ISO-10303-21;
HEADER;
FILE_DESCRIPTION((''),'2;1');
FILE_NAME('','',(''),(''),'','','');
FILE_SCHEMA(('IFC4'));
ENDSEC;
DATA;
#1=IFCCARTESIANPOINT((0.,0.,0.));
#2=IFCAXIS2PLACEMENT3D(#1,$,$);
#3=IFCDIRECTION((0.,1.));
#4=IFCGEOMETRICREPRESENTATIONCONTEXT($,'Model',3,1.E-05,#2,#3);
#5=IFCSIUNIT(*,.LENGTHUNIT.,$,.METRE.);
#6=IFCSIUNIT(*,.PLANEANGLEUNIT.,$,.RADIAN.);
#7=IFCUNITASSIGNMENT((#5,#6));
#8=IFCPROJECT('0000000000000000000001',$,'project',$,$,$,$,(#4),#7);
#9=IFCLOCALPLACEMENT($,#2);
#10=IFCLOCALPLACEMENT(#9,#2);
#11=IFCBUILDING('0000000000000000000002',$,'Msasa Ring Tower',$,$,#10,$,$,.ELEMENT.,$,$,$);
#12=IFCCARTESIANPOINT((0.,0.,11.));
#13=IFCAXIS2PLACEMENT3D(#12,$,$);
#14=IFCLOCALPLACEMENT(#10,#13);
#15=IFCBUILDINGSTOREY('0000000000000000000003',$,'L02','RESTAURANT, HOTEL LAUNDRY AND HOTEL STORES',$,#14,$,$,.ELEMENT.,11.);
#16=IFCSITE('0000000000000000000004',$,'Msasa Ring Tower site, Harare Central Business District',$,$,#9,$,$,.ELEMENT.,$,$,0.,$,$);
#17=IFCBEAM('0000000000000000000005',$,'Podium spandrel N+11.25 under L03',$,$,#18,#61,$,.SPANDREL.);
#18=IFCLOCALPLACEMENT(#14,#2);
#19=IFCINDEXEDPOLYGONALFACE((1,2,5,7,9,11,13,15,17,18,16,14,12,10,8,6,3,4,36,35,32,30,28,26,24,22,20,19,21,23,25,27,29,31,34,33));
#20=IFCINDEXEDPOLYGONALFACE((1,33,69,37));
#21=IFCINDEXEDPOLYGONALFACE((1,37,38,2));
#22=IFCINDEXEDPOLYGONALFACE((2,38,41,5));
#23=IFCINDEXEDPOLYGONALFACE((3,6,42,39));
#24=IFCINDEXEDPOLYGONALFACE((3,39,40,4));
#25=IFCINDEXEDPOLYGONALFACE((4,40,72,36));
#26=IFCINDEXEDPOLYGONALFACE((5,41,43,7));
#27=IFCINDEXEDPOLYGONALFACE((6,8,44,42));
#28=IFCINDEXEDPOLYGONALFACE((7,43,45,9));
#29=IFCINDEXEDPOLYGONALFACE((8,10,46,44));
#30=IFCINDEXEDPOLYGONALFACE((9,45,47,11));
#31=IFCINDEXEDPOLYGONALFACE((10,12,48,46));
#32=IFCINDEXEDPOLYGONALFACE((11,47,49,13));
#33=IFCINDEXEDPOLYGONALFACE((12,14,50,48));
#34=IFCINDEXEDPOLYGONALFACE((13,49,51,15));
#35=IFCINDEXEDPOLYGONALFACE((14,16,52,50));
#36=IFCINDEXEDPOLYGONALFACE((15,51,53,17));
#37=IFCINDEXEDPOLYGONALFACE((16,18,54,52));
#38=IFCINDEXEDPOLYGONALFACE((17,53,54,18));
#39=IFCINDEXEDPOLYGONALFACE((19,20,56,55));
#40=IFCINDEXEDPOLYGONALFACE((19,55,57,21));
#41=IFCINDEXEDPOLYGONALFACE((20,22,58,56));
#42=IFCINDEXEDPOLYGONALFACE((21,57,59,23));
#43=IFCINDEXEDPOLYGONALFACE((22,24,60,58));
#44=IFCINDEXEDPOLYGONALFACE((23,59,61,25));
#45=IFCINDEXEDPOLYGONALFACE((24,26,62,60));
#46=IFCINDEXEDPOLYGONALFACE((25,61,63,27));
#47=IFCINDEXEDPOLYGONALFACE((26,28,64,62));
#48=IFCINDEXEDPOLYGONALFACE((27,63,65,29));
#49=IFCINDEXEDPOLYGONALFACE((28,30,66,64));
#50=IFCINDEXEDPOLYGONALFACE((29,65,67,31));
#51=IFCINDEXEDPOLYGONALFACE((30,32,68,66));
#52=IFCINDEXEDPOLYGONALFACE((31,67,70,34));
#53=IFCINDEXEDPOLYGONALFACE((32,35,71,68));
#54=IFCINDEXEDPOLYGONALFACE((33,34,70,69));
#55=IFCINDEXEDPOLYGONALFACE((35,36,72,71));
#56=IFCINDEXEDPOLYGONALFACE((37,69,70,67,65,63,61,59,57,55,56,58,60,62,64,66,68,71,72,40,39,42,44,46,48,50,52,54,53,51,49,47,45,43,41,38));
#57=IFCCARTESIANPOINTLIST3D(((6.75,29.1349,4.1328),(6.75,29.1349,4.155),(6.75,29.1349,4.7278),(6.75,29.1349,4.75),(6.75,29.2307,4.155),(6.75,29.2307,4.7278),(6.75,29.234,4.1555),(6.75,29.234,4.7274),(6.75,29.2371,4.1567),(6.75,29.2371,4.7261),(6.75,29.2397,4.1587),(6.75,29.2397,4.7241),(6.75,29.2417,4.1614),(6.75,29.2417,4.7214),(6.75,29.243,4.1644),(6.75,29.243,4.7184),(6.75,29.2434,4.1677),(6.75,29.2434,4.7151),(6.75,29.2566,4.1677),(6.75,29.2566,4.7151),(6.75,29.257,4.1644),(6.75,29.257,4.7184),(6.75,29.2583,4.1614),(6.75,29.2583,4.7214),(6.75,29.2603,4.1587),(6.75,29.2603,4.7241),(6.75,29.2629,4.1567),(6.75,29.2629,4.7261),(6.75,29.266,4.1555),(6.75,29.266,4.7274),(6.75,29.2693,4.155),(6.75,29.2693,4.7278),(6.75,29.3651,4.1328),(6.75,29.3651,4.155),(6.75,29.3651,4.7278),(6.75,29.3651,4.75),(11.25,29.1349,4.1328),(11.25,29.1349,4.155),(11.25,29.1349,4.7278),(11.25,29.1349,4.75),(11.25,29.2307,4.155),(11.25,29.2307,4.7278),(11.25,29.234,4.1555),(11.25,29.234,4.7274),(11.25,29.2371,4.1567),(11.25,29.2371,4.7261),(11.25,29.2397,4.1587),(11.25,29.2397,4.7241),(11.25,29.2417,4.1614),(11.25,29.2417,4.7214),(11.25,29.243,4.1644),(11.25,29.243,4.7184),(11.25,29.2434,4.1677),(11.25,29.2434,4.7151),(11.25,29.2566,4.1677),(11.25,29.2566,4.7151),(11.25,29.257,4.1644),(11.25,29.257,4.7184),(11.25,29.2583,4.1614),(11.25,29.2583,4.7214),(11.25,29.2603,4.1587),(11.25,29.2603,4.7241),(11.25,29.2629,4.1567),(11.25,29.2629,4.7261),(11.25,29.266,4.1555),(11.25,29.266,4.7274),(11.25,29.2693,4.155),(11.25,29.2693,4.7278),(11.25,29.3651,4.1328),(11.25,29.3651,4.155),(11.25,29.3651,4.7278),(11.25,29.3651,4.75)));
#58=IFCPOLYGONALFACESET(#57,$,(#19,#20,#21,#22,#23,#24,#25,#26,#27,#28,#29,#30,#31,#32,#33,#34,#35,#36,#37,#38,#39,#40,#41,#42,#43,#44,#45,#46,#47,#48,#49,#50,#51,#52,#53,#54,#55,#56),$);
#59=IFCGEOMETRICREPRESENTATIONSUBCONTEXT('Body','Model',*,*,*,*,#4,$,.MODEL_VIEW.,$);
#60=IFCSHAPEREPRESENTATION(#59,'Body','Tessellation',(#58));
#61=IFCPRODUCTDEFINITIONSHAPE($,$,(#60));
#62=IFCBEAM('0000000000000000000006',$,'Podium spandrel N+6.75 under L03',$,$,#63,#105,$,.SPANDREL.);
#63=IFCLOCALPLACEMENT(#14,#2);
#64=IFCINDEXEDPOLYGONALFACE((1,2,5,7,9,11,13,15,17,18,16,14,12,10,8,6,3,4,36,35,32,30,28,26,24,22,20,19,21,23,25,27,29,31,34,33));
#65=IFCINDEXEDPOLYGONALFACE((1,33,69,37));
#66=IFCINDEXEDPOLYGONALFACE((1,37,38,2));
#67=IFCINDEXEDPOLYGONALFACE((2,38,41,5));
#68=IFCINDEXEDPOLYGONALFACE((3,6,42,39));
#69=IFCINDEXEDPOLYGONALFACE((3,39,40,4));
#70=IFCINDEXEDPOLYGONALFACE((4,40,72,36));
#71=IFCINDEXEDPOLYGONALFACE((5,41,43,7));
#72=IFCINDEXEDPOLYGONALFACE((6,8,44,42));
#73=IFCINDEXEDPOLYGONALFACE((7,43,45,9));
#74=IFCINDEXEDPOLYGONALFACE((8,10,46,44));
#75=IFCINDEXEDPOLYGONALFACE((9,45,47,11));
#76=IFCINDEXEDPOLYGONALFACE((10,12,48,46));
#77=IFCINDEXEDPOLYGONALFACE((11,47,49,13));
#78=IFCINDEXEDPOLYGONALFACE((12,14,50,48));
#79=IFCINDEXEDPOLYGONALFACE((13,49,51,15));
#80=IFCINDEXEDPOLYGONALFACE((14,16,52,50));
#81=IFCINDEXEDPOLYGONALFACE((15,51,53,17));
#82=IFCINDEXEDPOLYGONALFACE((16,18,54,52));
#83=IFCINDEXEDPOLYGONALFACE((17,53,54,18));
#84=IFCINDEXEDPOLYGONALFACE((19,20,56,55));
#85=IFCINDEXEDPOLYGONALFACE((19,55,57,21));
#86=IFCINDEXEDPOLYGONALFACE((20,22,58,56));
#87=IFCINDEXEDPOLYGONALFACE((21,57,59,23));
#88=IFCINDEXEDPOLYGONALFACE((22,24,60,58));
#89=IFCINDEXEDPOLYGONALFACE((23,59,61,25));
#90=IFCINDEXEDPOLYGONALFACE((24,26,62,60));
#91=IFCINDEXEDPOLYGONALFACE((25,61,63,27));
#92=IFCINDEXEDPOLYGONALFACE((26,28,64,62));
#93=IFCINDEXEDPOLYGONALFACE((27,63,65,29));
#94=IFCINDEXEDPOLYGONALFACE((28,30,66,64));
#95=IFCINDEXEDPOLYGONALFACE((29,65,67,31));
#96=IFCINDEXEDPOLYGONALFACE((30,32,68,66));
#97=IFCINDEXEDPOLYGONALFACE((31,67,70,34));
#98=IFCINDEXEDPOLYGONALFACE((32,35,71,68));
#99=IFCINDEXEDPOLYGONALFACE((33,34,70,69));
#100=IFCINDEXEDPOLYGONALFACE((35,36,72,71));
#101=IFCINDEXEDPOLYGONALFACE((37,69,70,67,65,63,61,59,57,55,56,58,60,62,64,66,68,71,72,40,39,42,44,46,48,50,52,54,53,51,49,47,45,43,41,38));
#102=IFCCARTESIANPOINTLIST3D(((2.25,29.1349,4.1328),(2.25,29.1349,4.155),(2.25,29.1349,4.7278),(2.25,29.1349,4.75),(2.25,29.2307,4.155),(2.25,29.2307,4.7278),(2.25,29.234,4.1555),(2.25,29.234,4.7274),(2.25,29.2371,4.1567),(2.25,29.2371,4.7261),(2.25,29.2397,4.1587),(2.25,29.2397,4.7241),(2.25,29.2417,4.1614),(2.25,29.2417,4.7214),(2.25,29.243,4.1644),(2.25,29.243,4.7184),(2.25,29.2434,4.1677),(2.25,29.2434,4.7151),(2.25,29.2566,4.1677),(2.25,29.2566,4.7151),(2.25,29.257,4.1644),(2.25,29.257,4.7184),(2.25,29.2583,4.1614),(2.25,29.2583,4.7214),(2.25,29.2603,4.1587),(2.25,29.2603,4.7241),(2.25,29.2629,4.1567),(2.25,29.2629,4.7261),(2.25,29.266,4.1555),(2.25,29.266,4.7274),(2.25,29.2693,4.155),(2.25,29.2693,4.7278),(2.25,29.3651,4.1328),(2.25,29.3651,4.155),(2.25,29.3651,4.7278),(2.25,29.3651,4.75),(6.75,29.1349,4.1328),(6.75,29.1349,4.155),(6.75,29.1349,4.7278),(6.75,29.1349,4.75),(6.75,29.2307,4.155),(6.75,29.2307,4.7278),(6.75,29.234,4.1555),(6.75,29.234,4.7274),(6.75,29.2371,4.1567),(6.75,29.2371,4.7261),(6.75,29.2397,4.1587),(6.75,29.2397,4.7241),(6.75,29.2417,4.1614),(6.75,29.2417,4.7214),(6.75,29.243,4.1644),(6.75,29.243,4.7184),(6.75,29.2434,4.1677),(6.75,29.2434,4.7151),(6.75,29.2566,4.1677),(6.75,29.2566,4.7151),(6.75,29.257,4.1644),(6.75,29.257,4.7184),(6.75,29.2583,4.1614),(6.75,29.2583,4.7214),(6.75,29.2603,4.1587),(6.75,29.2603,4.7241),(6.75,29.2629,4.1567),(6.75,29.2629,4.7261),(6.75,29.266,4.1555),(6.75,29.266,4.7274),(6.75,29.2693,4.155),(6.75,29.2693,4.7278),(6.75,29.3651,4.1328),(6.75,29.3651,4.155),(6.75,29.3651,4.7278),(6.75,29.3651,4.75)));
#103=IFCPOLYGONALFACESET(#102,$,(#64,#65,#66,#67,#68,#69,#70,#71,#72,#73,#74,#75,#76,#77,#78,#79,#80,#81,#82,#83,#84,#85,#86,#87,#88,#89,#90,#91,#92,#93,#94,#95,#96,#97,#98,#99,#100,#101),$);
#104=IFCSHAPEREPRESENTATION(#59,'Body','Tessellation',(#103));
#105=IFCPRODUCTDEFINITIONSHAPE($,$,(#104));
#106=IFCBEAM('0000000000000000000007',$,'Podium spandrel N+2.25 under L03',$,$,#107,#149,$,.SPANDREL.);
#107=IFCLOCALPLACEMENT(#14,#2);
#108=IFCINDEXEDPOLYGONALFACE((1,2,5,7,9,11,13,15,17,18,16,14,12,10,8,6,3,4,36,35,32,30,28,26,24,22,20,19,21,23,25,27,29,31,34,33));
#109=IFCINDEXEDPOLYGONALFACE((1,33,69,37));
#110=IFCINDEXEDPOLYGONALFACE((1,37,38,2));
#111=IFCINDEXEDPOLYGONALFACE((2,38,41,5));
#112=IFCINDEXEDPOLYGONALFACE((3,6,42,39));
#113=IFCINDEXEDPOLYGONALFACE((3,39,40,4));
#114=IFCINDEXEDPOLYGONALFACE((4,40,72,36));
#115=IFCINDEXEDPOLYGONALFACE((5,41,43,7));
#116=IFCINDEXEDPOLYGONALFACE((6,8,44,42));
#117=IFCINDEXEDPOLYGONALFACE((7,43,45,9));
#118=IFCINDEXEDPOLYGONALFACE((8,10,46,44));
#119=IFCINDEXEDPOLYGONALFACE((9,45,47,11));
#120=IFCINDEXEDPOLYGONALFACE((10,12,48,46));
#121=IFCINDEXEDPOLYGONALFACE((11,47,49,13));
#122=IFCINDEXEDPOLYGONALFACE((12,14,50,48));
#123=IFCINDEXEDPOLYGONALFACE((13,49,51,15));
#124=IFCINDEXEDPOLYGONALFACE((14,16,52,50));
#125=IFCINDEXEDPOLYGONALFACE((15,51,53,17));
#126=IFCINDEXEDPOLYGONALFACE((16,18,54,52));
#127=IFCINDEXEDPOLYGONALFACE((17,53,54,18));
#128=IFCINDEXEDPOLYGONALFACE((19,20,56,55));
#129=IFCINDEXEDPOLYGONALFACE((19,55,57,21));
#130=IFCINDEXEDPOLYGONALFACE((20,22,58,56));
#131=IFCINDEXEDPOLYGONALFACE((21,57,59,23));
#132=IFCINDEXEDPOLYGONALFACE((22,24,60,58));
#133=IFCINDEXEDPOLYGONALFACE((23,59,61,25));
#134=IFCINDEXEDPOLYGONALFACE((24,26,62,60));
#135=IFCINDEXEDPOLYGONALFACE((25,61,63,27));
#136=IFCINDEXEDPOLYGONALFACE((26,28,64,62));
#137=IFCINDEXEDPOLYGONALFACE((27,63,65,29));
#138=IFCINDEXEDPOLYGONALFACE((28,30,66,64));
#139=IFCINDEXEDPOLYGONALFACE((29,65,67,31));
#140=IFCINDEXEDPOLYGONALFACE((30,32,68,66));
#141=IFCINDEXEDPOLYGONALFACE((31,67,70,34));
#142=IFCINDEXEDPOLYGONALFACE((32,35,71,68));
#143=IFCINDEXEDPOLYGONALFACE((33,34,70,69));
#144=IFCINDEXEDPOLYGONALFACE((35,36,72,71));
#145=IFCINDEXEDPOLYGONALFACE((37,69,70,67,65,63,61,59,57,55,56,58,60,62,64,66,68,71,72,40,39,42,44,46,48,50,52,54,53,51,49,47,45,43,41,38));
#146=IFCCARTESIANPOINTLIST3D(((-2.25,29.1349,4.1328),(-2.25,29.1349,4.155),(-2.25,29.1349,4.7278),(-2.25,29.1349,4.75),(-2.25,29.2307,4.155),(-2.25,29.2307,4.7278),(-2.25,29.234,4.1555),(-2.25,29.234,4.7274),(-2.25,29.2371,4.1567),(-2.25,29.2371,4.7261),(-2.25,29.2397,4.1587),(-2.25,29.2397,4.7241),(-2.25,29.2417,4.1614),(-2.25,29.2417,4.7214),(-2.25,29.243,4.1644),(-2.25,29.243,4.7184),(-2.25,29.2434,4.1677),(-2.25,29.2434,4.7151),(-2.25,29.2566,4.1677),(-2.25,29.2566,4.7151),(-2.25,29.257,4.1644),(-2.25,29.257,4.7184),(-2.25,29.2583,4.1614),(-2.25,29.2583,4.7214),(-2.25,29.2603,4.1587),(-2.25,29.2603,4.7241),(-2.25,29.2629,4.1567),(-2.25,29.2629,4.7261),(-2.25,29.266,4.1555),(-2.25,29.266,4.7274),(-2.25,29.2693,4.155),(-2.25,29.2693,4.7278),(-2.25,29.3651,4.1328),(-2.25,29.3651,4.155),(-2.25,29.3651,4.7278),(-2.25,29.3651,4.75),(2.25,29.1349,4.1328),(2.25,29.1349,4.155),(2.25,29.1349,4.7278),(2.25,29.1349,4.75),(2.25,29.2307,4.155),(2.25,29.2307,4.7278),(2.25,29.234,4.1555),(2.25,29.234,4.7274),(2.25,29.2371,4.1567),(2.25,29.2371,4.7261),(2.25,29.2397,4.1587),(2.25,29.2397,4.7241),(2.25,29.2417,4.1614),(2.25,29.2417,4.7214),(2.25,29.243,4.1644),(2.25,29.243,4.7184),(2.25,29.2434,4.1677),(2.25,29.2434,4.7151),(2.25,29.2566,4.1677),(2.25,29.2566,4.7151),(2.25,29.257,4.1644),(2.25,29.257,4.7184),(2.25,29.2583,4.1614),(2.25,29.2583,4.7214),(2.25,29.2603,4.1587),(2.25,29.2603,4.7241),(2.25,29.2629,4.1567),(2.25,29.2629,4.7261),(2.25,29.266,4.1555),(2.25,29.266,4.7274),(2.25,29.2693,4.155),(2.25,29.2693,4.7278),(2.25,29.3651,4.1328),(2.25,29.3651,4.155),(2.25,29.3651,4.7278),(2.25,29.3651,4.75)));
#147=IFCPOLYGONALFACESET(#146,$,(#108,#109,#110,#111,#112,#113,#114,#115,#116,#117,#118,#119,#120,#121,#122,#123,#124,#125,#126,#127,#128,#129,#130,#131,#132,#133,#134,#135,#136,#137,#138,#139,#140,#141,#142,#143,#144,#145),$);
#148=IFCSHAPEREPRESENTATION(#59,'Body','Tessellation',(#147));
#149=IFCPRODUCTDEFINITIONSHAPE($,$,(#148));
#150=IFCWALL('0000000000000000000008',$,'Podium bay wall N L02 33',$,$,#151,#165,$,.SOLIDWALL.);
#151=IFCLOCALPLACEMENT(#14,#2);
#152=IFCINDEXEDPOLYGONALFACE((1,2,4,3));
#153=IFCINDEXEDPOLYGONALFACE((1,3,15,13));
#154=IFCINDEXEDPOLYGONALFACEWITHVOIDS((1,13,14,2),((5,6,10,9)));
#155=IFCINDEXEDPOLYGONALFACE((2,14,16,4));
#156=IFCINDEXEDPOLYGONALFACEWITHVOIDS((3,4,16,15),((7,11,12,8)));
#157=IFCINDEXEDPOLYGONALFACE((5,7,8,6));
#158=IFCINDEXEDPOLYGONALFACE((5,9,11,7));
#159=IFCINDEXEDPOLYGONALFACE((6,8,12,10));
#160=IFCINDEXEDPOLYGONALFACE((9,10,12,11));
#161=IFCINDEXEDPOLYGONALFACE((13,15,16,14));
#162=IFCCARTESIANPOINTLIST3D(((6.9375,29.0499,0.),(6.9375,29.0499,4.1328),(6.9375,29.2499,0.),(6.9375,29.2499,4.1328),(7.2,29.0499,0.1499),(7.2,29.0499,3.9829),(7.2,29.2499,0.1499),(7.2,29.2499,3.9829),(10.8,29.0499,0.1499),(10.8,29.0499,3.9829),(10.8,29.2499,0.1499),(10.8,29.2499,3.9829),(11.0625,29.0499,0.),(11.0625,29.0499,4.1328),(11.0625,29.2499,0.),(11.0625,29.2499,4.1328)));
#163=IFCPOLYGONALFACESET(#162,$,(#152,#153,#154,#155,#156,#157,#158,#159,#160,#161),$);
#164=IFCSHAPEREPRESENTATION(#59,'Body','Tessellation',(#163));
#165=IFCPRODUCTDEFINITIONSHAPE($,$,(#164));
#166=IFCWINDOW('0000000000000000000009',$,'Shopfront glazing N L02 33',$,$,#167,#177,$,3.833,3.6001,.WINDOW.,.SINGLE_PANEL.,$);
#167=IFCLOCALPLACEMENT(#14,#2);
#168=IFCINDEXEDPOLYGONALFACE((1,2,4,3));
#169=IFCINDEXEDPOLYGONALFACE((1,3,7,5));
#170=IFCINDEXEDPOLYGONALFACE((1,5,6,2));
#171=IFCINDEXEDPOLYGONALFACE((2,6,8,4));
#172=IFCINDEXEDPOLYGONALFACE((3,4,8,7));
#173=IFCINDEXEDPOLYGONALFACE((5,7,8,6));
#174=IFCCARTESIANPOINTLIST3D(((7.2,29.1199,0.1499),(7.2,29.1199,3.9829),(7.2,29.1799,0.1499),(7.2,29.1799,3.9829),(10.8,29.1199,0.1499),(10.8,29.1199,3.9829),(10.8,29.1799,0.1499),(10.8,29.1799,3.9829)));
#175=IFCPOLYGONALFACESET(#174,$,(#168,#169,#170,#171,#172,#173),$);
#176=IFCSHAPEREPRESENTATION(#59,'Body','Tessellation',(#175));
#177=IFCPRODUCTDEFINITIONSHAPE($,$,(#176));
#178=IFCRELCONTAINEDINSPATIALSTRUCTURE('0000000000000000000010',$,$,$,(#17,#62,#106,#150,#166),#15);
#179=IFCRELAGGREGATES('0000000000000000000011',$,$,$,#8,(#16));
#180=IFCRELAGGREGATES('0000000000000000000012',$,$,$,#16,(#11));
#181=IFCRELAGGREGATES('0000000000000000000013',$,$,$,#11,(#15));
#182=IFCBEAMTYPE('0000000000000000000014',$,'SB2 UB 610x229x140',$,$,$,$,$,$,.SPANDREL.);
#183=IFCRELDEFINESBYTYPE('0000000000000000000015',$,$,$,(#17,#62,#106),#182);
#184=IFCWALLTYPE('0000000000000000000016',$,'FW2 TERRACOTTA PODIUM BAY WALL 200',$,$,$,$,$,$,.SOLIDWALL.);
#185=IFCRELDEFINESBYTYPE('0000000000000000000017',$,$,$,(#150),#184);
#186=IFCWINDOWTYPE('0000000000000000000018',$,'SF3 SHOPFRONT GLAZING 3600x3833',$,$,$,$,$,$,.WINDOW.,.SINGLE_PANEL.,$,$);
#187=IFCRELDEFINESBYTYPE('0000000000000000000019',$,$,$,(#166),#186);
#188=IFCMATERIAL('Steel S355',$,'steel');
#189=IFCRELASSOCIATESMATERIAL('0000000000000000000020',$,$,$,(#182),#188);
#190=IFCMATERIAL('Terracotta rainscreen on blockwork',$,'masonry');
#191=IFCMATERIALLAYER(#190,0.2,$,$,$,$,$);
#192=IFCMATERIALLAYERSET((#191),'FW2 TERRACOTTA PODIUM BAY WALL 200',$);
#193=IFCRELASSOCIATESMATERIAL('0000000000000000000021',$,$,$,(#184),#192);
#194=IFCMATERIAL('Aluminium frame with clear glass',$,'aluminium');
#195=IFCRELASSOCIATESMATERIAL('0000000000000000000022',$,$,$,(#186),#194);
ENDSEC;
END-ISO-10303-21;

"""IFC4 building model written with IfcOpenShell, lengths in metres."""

from ifc_helpers import new_model, si_unit, direction, frame, frame_2d, origin, origin_2d, place, context, subcontext, project, spatial, rectangle, i_section, extrude, material, layer, layer_set, material_profile, profile_set, type_object, element, fill, save


model = new_model("IFC4")

# Units and contexts
model_context = context("Model", 3, precision=1e-05, world=origin(), true_north=direction((0.0, 1.0)))
body_context = subcontext(model_context, "Body", "Model", "MODEL_VIEW")
ifc_project = project(units=[si_unit("LENGTHUNIT", "METRE"), si_unit("PLANEANGLEUNIT", "RADIAN")], contexts=[model_context])

# Site, building, storey
site_placement = place(None, origin())
site = spatial("IfcSite", under=ifc_project, at=site_placement, Name="Msasa Ring Tower site, Harare Central Business District", CompositionType="ELEMENT", RefElevation=0.0)
building_placement = place(site_placement, origin())
building = spatial("IfcBuilding", under=site, at=building_placement, Name="Msasa Ring Tower", CompositionType="ELEMENT")
storey_placement = place(building_placement, frame((0.0, 0.0, 11.0)))
storey = spatial("IfcBuildingStorey", under=building, at=storey_placement, Name="L02", Description="RESTAURANT, HOTEL LAUNDRY AND HOTEL STORES", CompositionType="ELEMENT", Elevation=11.0)

# Beams
ifc_material_1 = material(Name="Steel S355", Category="steel")
ifc_material_profile_1 = material_profile(ifc_material_1, i_section(OverallWidth=0.2302, OverallDepth=0.6172, WebThickness=0.0132, FlangeThickness=0.0222, FilletRadius=0.0127, at=origin_2d()), Name="UB 610x229x140")
ifc_profile_set_1 = profile_set([ifc_material_profile_1], Name="Steel S355")
beam_type_1 = type_object("IfcBeamType", Name="SB2 UB 610x229x140", PredefinedType="SPANDREL", material=ifc_profile_set_1)
for number, where, z_axis, x_axis, name in (
    (1, (11.25, 29.25, 4.4414), (-1.0, 0.0, 0.0), (0.0, -1.0, 0.0), "Podium spandrel N+11.25 under L03"),
    (2, (6.75, 29.25, 4.4414), (-1.0, 0.0, 0.0), (0.0, -1.0, 0.0), "Podium spandrel N+6.75 under L03"),
    (3, (2.25, 29.25, 4.4414), (-1.0, 0.0, 0.0), (0.0, -1.0, 0.0), "Podium spandrel N+2.25 under L03"),
):
    element("IfcBeam", number, at=place(storey_placement, frame(where, z_axis=z_axis, x_axis=x_axis)), inside=storey, type_object=beam_type_1, Name=name, PredefinedType="SPANDREL", context=body_context, shape_type="SweptSolid", body=[
        extrude(i_section(OverallWidth=0.2302, OverallDepth=0.6172, WebThickness=0.0132, FlangeThickness=0.0222, FilletRadius=0.0127, at=origin_2d()), origin(), (0.0, 0.0, 1.0), 4.5),
    ])

# Wall, opening, window
ifc_material_2 = material(Name="Terracotta rainscreen on blockwork", Category="masonry")
ifc_layer = layer(ifc_material_2, 0.2)
ifc_layer_set = layer_set([ifc_layer], Name="FW2 TERRACOTTA PODIUM BAY WALL 200")
wall_type = type_object("IfcWallType", Name="FW2 TERRACOTTA PODIUM BAY WALL 200", PredefinedType="SOLIDWALL", material=ifc_layer_set)
wall_1_placement = place(storey_placement, frame((6.9375, 29.1499, 0.0), z_axis=(0.0, 0.0, 1.0), x_axis=(1.0, 0.0, 0.0)))
wall_1 = element("IfcWall", 4, at=wall_1_placement, inside=storey, type_object=wall_type, Name="Podium bay wall N L02 33", PredefinedType="SOLIDWALL", context=body_context, shape_type="SweptSolid", body=[
    extrude(rectangle(XDim=4.125, YDim=0.2, at=frame_2d((2.0625, 0.0))), origin(), (0.0, 0.0, 1.0), 4.1328),
])
opening_1_placement = place(wall_1_placement, frame((0.2625, 0.0, 0.1499)))
opening_1 = element("IfcOpeningElement", 5, at=opening_1_placement, cuts=wall_1, PredefinedType="OPENING", context=body_context, shape_type="SweptSolid", body=[
    extrude(rectangle(XDim=3.6001, YDim=3.833, at=frame_2d((1.8, 1.9165))), frame((0.0, 0.1099, 0.0), z_axis=(0.0, -1.0, 0.0), x_axis=(1.0, 0.0, 0.0)), (0.0, 0.0, 1.0), 0.22),
])
ifc_material_3 = material(Name="Aluminium frame with clear glass", Category="aluminium")
window_type = type_object("IfcWindowType", Name="SF3 SHOPFRONT GLAZING 3600x3833", PartitioningType="SINGLE_PANEL", PredefinedType="WINDOW", material=ifc_material_3)
window_1_placement = place(opening_1_placement, origin())
window_1 = element("IfcWindow", 6, at=window_1_placement, inside=storey, type_object=window_type, Name="Shopfront glazing N L02 33", OverallHeight=3.833, OverallWidth=3.6001, PartitioningType="SINGLE_PANEL", PredefinedType="WINDOW", context=body_context, shape_type="SweptSolid", body=[
    extrude(rectangle(XDim=3.6001, YDim=3.833, at=frame_2d((1.8, 1.9165))), frame((0.0, 0.03, 0.0), z_axis=(0.0, -1.0, 0.0), x_axis=(1.0, 0.0, 0.0)), (0.0, 0.0, 1.0), 0.0601),
])
fill(opening_1, window_1)

save(model, "model.ifc")
